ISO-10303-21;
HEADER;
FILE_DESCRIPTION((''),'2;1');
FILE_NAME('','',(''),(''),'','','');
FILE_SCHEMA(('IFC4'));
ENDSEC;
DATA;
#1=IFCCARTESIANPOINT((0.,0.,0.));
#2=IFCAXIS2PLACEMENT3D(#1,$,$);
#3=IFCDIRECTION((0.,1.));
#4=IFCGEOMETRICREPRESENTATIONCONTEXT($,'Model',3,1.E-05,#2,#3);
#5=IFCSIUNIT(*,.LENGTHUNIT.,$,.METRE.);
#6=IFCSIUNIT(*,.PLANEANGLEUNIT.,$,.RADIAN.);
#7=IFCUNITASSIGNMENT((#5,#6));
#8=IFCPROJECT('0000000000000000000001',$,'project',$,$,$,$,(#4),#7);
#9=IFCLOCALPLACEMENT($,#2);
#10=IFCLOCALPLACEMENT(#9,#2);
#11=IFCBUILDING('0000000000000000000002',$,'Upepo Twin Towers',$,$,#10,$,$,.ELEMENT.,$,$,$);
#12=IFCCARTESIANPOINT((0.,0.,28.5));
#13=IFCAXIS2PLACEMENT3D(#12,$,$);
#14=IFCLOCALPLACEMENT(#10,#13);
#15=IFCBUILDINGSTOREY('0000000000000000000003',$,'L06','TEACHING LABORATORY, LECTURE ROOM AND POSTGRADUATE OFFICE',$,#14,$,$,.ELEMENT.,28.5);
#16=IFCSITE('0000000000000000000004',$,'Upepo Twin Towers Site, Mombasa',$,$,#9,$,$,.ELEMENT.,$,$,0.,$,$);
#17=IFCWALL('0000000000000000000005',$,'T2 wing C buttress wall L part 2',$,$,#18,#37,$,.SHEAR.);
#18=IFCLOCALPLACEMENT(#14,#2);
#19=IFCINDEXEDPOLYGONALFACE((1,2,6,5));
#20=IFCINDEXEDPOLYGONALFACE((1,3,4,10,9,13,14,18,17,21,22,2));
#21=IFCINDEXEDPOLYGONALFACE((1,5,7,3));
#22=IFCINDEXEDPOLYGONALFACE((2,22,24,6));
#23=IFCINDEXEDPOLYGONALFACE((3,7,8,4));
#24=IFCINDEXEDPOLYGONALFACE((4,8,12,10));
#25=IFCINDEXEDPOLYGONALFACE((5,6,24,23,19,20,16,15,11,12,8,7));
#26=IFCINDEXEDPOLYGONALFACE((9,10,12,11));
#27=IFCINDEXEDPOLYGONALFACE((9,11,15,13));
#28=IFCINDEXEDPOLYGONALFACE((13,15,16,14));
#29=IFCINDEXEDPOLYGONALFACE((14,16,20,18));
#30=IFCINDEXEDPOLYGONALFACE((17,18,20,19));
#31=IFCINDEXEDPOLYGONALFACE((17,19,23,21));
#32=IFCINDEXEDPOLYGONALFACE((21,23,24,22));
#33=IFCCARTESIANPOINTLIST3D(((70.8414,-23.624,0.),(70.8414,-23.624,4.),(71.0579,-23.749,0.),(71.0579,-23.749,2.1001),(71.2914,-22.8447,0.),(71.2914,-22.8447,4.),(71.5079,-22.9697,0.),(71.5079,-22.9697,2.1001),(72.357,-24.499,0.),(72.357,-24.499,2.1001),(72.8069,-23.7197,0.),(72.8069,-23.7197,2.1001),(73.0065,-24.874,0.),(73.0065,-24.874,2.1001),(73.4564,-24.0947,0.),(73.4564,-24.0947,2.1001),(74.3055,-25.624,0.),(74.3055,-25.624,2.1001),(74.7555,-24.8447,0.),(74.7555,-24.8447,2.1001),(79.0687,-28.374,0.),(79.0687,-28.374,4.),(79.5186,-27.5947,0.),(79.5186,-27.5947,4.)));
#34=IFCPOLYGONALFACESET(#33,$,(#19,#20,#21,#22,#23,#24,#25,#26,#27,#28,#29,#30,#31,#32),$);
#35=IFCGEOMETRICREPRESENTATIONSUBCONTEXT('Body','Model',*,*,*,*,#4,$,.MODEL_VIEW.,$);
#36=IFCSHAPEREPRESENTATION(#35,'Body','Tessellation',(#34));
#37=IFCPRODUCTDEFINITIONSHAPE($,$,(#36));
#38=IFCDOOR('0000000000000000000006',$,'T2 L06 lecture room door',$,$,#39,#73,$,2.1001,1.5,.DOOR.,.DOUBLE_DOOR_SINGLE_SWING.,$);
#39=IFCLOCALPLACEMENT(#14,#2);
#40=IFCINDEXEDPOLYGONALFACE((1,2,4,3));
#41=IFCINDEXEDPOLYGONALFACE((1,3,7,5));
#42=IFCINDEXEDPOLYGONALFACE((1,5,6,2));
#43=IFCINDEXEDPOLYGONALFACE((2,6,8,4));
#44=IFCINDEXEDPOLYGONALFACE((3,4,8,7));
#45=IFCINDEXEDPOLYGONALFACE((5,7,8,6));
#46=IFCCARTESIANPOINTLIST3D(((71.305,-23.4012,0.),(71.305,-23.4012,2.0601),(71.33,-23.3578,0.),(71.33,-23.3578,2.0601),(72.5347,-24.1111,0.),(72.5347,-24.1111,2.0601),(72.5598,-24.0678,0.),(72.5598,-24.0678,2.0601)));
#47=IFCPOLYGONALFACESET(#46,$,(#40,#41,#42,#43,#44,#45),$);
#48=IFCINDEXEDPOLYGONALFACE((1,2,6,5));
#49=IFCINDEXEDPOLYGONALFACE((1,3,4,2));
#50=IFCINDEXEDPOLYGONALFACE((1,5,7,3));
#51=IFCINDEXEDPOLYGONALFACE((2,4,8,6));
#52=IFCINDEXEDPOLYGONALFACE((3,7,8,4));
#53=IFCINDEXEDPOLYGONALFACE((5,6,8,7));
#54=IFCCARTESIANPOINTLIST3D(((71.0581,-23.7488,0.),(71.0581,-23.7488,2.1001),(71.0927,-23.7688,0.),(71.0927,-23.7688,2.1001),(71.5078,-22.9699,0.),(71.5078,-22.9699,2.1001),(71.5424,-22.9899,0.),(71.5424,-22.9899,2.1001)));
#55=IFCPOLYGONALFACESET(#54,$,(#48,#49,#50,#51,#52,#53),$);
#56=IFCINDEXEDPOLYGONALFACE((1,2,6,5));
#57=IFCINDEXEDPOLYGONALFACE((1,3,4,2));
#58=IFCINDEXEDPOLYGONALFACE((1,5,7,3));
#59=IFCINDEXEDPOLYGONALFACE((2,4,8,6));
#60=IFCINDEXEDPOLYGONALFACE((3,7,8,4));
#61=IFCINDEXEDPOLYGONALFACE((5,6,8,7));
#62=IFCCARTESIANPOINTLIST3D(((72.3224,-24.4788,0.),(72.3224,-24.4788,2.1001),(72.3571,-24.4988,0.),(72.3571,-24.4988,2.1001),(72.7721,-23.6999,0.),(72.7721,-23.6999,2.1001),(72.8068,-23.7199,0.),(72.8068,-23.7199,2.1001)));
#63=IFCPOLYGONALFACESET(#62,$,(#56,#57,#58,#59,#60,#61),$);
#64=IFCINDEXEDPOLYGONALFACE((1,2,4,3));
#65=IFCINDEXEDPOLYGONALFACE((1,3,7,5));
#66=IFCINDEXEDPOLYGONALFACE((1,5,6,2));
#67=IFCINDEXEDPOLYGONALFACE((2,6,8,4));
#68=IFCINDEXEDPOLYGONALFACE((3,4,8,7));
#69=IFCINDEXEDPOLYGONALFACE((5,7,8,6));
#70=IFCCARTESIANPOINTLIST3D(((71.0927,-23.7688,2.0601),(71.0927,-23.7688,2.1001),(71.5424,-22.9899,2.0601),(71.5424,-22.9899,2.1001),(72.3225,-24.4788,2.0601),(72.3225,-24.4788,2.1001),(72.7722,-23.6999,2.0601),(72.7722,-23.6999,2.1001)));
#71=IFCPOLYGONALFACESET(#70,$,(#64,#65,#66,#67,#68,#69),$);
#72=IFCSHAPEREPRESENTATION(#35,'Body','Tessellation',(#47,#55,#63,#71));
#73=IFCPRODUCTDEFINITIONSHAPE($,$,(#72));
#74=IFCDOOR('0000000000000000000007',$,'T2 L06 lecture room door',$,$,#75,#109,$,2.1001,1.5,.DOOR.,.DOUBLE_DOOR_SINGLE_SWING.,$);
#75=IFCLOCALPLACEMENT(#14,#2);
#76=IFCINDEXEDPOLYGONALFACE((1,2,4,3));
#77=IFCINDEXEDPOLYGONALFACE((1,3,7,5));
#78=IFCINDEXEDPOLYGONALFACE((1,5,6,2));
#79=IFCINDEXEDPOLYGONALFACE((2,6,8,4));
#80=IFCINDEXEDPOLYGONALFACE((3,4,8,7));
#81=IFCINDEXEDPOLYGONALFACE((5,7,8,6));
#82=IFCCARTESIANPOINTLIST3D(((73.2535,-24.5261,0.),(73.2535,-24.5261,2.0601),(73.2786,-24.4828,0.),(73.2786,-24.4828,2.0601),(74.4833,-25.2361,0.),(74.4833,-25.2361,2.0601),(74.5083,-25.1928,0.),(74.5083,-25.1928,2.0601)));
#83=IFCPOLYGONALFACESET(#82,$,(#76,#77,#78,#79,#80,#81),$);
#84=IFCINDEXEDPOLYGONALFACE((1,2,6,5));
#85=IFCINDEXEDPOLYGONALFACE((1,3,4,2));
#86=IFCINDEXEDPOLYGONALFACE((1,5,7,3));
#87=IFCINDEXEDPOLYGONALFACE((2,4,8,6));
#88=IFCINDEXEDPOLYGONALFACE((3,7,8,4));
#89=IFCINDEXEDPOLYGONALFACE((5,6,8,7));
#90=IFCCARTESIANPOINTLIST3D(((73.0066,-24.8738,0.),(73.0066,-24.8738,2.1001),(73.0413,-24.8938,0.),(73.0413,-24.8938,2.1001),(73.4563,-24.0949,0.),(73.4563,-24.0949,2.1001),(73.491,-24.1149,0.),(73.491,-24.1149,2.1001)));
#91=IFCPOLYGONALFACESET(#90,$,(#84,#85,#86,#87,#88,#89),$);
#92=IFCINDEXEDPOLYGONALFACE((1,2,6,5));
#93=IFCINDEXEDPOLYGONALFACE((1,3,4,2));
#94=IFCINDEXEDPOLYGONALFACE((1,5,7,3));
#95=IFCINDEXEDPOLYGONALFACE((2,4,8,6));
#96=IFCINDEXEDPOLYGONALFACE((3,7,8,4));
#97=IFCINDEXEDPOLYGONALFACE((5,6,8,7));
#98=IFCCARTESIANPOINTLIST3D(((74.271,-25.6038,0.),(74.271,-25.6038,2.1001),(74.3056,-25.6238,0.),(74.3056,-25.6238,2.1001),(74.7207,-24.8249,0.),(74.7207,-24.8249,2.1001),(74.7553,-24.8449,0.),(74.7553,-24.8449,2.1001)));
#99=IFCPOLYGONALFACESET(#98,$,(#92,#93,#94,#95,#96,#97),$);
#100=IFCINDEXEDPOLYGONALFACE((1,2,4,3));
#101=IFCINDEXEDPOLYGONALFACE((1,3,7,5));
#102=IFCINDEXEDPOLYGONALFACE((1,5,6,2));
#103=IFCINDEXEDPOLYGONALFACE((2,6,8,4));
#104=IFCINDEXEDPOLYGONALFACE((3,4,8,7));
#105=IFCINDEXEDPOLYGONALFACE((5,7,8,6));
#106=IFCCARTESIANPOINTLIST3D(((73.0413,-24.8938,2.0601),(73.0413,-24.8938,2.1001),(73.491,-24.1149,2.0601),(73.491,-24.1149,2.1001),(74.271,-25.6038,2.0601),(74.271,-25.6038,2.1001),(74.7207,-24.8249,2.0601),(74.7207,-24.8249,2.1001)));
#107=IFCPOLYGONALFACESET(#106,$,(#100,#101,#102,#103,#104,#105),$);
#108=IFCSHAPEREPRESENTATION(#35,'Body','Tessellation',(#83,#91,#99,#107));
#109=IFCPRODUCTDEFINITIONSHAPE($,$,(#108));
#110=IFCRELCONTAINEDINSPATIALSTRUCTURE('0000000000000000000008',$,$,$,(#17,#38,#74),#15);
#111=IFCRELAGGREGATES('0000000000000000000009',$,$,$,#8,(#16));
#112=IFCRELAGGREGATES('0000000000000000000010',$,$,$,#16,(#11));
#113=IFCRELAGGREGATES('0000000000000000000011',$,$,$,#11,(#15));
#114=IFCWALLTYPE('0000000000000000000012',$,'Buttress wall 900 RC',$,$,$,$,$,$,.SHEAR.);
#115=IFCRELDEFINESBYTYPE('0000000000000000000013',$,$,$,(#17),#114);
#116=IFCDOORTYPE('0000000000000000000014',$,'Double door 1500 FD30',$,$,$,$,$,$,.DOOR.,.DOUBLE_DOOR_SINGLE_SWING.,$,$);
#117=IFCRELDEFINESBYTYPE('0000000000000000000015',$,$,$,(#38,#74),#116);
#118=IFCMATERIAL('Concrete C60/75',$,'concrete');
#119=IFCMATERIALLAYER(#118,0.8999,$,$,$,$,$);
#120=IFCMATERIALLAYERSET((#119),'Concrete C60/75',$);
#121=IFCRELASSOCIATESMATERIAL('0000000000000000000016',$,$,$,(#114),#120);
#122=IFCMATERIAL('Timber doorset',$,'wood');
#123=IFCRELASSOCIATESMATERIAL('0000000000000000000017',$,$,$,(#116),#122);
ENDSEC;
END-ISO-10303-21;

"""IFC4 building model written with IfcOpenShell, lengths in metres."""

from ifc_helpers import new_model, si_unit, direction, frame, frame_2d, origin, place, context, subcontext, project, spatial, rectangle, extrude, material, layer, layer_set, type_object, element, fill, save


model = new_model("IFC4")

# Units and contexts
model_context = context("Model", 3, precision=1e-05, world=origin(), true_north=direction((0.0, 1.0)))
body_context = subcontext(model_context, "Body", "Model", "MODEL_VIEW")
ifc_project = project(units=[si_unit("LENGTHUNIT", "METRE"), si_unit("PLANEANGLEUNIT", "RADIAN")], contexts=[model_context])

# Site, building, storey
site_placement = place(None, origin())
site = spatial("IfcSite", under=ifc_project, at=site_placement, Name="Upepo Twin Towers Site, Mombasa", CompositionType="ELEMENT", RefElevation=0.0)
building_placement = place(site_placement, origin())
building = spatial("IfcBuilding", under=site, at=building_placement, Name="Upepo Twin Towers", CompositionType="ELEMENT")
storey_placement = place(building_placement, frame((0.0, 0.0, 28.5)))
storey = spatial("IfcBuildingStorey", under=building, at=storey_placement, Name="L06", Description="TEACHING LABORATORY, LECTURE ROOM AND POSTGRADUATE OFFICE", CompositionType="ELEMENT", Elevation=28.5)

# Wall, openings, doors
ifc_material_1 = material(Name="Concrete C60/75", Category="concrete")
ifc_layer_1 = layer(ifc_material_1, 0.8999)
ifc_layer_set_1 = layer_set([ifc_layer_1], Name="Concrete C60/75")
wall_type_1 = type_object("IfcWallType", Name="Buttress wall 900 RC", PredefinedType="SHEAR", material=ifc_layer_set_1)
wall_1_placement = place(storey_placement, frame((71.0664, -23.2344, 0.0), z_axis=(0.0, 0.0, 1.0), x_axis=(0.866027, -0.499998, 0.0)))
wall_1 = element("IfcWall", 1, at=wall_1_placement, inside=storey, type_object=wall_type_1, Name="T2 wing C buttress wall L part 2", PredefinedType="SHEAR", context=body_context, shape_type="SweptSolid", body=[
    extrude(rectangle(XDim=9.5, YDim=0.8999, at=frame_2d((4.75, 0.0))), origin(), (0.0, 0.0, 1.0), 4.0),
])
opening_1_placement = place(wall_1_placement, frame((0.25, 0.0, 0.0)))
opening_1 = element("IfcOpeningElement", 2, at=opening_1_placement, cuts=wall_1, PredefinedType="OPENING", context=body_context, shape_type="SweptSolid", body=[
    extrude(rectangle(XDim=1.5, YDim=2.1001, at=frame_2d((0.75, 1.05))), frame((0.0, 0.46, 0.0), z_axis=(0.0, -1.0, 0.0), x_axis=(1.0, 0.0, 0.0)), (0.0, 0.0, 1.0), 0.9199),
])
opening_2_placement = place(wall_1_placement, frame((2.5, 0.0, 0.0)))
opening_2 = element("IfcOpeningElement", 3, at=opening_2_placement, cuts=wall_1, PredefinedType="OPENING", context=body_context, shape_type="SweptSolid", body=[
    extrude(rectangle(XDim=1.5, YDim=2.1001, at=frame_2d((0.75, 1.05))), frame((0.0, 0.46, 0.0), z_axis=(0.0, -1.0, 0.0), x_axis=(1.0, 0.0, 0.0)), (0.0, 0.0, 1.0), 0.9199),
])
ifc_material_2 = material(Name="Timber doorset", Category="wood")
door_type_1 = type_object("IfcDoorType", Name="Double door 1500 FD30", OperationType="DOUBLE_DOOR_SINGLE_SWING", PredefinedType="DOOR", material=ifc_material_2)
door_1_placement = place(opening_1_placement, origin())
door_1 = element("IfcDoor", 4, at=door_1_placement, inside=storey, type_object=door_type_1, Name="T2 L06 lecture room door", OperationType="DOUBLE_DOOR_SINGLE_SWING", OverallHeight=2.1001, OverallWidth=1.5, PredefinedType="DOOR", context=body_context, shape_type="SweptSolid", body=[
    extrude(rectangle(XDim=1.42, YDim=2.0601, at=frame_2d((0.75, 1.03))), frame((0.0, 0.0249, 0.0), z_axis=(0.0, -1.0, 0.0), x_axis=(1.0, 0.0, 0.0)), (0.0, 0.0, 1.0), 0.05),
    extrude(rectangle(XDim=0.04, YDim=2.1001, at=frame_2d((0.02, 1.05))), frame((0.0, 0.4497, 0.0), z_axis=(0.0, -1.0, 0.0), x_axis=(1.0, 0.0, 0.0)), (0.0, 0.0, 1.0), 0.8994),
    extrude(rectangle(XDim=0.04, YDim=2.1001, at=frame_2d((1.48, 1.05))), frame((0.0, 0.4497, 0.0), z_axis=(0.0, -1.0, 0.0), x_axis=(1.0, 0.0, 0.0)), (0.0, 0.0, 1.0), 0.8994),
    extrude(rectangle(XDim=1.42, YDim=0.04, at=frame_2d((0.75, 2.0801))), frame((0.0, 0.4497, 0.0), z_axis=(0.0, -1.0, 0.0), x_axis=(1.0, 0.0, 0.0)), (0.0, 0.0, 1.0), 0.8994),
])
fill(opening_1, door_1)
door_2_placement = place(opening_2_placement, origin())
door_2 = element("IfcDoor", 5, at=door_2_placement, inside=storey, type_object=door_type_1, Name="T2 L06 lecture room door", OperationType="DOUBLE_DOOR_SINGLE_SWING", OverallHeight=2.1001, OverallWidth=1.5, PredefinedType="DOOR", context=body_context, shape_type="SweptSolid", body=[
    extrude(rectangle(XDim=1.42, YDim=2.0601, at=frame_2d((0.75, 1.03))), frame((0.0, 0.0249, 0.0), z_axis=(0.0, -1.0, 0.0), x_axis=(1.0, 0.0, 0.0)), (0.0, 0.0, 1.0), 0.05),
    extrude(rectangle(XDim=0.04, YDim=2.1001, at=frame_2d((0.02, 1.05))), frame((0.0, 0.4497, 0.0), z_axis=(0.0, -1.0, 0.0), x_axis=(1.0, 0.0, 0.0)), (0.0, 0.0, 1.0), 0.8994),
    extrude(rectangle(XDim=0.04, YDim=2.1001, at=frame_2d((1.48, 1.05))), frame((0.0, 0.4497, 0.0), z_axis=(0.0, -1.0, 0.0), x_axis=(1.0, 0.0, 0.0)), (0.0, 0.0, 1.0), 0.8994),
    extrude(rectangle(XDim=1.42, YDim=0.04, at=frame_2d((0.75, 2.0801))), frame((0.0, 0.4497, 0.0), z_axis=(0.0, -1.0, 0.0), x_axis=(1.0, 0.0, 0.0)), (0.0, 0.0, 1.0), 0.8994),
])
fill(opening_2, door_2)

save(model, "model.ifc")
